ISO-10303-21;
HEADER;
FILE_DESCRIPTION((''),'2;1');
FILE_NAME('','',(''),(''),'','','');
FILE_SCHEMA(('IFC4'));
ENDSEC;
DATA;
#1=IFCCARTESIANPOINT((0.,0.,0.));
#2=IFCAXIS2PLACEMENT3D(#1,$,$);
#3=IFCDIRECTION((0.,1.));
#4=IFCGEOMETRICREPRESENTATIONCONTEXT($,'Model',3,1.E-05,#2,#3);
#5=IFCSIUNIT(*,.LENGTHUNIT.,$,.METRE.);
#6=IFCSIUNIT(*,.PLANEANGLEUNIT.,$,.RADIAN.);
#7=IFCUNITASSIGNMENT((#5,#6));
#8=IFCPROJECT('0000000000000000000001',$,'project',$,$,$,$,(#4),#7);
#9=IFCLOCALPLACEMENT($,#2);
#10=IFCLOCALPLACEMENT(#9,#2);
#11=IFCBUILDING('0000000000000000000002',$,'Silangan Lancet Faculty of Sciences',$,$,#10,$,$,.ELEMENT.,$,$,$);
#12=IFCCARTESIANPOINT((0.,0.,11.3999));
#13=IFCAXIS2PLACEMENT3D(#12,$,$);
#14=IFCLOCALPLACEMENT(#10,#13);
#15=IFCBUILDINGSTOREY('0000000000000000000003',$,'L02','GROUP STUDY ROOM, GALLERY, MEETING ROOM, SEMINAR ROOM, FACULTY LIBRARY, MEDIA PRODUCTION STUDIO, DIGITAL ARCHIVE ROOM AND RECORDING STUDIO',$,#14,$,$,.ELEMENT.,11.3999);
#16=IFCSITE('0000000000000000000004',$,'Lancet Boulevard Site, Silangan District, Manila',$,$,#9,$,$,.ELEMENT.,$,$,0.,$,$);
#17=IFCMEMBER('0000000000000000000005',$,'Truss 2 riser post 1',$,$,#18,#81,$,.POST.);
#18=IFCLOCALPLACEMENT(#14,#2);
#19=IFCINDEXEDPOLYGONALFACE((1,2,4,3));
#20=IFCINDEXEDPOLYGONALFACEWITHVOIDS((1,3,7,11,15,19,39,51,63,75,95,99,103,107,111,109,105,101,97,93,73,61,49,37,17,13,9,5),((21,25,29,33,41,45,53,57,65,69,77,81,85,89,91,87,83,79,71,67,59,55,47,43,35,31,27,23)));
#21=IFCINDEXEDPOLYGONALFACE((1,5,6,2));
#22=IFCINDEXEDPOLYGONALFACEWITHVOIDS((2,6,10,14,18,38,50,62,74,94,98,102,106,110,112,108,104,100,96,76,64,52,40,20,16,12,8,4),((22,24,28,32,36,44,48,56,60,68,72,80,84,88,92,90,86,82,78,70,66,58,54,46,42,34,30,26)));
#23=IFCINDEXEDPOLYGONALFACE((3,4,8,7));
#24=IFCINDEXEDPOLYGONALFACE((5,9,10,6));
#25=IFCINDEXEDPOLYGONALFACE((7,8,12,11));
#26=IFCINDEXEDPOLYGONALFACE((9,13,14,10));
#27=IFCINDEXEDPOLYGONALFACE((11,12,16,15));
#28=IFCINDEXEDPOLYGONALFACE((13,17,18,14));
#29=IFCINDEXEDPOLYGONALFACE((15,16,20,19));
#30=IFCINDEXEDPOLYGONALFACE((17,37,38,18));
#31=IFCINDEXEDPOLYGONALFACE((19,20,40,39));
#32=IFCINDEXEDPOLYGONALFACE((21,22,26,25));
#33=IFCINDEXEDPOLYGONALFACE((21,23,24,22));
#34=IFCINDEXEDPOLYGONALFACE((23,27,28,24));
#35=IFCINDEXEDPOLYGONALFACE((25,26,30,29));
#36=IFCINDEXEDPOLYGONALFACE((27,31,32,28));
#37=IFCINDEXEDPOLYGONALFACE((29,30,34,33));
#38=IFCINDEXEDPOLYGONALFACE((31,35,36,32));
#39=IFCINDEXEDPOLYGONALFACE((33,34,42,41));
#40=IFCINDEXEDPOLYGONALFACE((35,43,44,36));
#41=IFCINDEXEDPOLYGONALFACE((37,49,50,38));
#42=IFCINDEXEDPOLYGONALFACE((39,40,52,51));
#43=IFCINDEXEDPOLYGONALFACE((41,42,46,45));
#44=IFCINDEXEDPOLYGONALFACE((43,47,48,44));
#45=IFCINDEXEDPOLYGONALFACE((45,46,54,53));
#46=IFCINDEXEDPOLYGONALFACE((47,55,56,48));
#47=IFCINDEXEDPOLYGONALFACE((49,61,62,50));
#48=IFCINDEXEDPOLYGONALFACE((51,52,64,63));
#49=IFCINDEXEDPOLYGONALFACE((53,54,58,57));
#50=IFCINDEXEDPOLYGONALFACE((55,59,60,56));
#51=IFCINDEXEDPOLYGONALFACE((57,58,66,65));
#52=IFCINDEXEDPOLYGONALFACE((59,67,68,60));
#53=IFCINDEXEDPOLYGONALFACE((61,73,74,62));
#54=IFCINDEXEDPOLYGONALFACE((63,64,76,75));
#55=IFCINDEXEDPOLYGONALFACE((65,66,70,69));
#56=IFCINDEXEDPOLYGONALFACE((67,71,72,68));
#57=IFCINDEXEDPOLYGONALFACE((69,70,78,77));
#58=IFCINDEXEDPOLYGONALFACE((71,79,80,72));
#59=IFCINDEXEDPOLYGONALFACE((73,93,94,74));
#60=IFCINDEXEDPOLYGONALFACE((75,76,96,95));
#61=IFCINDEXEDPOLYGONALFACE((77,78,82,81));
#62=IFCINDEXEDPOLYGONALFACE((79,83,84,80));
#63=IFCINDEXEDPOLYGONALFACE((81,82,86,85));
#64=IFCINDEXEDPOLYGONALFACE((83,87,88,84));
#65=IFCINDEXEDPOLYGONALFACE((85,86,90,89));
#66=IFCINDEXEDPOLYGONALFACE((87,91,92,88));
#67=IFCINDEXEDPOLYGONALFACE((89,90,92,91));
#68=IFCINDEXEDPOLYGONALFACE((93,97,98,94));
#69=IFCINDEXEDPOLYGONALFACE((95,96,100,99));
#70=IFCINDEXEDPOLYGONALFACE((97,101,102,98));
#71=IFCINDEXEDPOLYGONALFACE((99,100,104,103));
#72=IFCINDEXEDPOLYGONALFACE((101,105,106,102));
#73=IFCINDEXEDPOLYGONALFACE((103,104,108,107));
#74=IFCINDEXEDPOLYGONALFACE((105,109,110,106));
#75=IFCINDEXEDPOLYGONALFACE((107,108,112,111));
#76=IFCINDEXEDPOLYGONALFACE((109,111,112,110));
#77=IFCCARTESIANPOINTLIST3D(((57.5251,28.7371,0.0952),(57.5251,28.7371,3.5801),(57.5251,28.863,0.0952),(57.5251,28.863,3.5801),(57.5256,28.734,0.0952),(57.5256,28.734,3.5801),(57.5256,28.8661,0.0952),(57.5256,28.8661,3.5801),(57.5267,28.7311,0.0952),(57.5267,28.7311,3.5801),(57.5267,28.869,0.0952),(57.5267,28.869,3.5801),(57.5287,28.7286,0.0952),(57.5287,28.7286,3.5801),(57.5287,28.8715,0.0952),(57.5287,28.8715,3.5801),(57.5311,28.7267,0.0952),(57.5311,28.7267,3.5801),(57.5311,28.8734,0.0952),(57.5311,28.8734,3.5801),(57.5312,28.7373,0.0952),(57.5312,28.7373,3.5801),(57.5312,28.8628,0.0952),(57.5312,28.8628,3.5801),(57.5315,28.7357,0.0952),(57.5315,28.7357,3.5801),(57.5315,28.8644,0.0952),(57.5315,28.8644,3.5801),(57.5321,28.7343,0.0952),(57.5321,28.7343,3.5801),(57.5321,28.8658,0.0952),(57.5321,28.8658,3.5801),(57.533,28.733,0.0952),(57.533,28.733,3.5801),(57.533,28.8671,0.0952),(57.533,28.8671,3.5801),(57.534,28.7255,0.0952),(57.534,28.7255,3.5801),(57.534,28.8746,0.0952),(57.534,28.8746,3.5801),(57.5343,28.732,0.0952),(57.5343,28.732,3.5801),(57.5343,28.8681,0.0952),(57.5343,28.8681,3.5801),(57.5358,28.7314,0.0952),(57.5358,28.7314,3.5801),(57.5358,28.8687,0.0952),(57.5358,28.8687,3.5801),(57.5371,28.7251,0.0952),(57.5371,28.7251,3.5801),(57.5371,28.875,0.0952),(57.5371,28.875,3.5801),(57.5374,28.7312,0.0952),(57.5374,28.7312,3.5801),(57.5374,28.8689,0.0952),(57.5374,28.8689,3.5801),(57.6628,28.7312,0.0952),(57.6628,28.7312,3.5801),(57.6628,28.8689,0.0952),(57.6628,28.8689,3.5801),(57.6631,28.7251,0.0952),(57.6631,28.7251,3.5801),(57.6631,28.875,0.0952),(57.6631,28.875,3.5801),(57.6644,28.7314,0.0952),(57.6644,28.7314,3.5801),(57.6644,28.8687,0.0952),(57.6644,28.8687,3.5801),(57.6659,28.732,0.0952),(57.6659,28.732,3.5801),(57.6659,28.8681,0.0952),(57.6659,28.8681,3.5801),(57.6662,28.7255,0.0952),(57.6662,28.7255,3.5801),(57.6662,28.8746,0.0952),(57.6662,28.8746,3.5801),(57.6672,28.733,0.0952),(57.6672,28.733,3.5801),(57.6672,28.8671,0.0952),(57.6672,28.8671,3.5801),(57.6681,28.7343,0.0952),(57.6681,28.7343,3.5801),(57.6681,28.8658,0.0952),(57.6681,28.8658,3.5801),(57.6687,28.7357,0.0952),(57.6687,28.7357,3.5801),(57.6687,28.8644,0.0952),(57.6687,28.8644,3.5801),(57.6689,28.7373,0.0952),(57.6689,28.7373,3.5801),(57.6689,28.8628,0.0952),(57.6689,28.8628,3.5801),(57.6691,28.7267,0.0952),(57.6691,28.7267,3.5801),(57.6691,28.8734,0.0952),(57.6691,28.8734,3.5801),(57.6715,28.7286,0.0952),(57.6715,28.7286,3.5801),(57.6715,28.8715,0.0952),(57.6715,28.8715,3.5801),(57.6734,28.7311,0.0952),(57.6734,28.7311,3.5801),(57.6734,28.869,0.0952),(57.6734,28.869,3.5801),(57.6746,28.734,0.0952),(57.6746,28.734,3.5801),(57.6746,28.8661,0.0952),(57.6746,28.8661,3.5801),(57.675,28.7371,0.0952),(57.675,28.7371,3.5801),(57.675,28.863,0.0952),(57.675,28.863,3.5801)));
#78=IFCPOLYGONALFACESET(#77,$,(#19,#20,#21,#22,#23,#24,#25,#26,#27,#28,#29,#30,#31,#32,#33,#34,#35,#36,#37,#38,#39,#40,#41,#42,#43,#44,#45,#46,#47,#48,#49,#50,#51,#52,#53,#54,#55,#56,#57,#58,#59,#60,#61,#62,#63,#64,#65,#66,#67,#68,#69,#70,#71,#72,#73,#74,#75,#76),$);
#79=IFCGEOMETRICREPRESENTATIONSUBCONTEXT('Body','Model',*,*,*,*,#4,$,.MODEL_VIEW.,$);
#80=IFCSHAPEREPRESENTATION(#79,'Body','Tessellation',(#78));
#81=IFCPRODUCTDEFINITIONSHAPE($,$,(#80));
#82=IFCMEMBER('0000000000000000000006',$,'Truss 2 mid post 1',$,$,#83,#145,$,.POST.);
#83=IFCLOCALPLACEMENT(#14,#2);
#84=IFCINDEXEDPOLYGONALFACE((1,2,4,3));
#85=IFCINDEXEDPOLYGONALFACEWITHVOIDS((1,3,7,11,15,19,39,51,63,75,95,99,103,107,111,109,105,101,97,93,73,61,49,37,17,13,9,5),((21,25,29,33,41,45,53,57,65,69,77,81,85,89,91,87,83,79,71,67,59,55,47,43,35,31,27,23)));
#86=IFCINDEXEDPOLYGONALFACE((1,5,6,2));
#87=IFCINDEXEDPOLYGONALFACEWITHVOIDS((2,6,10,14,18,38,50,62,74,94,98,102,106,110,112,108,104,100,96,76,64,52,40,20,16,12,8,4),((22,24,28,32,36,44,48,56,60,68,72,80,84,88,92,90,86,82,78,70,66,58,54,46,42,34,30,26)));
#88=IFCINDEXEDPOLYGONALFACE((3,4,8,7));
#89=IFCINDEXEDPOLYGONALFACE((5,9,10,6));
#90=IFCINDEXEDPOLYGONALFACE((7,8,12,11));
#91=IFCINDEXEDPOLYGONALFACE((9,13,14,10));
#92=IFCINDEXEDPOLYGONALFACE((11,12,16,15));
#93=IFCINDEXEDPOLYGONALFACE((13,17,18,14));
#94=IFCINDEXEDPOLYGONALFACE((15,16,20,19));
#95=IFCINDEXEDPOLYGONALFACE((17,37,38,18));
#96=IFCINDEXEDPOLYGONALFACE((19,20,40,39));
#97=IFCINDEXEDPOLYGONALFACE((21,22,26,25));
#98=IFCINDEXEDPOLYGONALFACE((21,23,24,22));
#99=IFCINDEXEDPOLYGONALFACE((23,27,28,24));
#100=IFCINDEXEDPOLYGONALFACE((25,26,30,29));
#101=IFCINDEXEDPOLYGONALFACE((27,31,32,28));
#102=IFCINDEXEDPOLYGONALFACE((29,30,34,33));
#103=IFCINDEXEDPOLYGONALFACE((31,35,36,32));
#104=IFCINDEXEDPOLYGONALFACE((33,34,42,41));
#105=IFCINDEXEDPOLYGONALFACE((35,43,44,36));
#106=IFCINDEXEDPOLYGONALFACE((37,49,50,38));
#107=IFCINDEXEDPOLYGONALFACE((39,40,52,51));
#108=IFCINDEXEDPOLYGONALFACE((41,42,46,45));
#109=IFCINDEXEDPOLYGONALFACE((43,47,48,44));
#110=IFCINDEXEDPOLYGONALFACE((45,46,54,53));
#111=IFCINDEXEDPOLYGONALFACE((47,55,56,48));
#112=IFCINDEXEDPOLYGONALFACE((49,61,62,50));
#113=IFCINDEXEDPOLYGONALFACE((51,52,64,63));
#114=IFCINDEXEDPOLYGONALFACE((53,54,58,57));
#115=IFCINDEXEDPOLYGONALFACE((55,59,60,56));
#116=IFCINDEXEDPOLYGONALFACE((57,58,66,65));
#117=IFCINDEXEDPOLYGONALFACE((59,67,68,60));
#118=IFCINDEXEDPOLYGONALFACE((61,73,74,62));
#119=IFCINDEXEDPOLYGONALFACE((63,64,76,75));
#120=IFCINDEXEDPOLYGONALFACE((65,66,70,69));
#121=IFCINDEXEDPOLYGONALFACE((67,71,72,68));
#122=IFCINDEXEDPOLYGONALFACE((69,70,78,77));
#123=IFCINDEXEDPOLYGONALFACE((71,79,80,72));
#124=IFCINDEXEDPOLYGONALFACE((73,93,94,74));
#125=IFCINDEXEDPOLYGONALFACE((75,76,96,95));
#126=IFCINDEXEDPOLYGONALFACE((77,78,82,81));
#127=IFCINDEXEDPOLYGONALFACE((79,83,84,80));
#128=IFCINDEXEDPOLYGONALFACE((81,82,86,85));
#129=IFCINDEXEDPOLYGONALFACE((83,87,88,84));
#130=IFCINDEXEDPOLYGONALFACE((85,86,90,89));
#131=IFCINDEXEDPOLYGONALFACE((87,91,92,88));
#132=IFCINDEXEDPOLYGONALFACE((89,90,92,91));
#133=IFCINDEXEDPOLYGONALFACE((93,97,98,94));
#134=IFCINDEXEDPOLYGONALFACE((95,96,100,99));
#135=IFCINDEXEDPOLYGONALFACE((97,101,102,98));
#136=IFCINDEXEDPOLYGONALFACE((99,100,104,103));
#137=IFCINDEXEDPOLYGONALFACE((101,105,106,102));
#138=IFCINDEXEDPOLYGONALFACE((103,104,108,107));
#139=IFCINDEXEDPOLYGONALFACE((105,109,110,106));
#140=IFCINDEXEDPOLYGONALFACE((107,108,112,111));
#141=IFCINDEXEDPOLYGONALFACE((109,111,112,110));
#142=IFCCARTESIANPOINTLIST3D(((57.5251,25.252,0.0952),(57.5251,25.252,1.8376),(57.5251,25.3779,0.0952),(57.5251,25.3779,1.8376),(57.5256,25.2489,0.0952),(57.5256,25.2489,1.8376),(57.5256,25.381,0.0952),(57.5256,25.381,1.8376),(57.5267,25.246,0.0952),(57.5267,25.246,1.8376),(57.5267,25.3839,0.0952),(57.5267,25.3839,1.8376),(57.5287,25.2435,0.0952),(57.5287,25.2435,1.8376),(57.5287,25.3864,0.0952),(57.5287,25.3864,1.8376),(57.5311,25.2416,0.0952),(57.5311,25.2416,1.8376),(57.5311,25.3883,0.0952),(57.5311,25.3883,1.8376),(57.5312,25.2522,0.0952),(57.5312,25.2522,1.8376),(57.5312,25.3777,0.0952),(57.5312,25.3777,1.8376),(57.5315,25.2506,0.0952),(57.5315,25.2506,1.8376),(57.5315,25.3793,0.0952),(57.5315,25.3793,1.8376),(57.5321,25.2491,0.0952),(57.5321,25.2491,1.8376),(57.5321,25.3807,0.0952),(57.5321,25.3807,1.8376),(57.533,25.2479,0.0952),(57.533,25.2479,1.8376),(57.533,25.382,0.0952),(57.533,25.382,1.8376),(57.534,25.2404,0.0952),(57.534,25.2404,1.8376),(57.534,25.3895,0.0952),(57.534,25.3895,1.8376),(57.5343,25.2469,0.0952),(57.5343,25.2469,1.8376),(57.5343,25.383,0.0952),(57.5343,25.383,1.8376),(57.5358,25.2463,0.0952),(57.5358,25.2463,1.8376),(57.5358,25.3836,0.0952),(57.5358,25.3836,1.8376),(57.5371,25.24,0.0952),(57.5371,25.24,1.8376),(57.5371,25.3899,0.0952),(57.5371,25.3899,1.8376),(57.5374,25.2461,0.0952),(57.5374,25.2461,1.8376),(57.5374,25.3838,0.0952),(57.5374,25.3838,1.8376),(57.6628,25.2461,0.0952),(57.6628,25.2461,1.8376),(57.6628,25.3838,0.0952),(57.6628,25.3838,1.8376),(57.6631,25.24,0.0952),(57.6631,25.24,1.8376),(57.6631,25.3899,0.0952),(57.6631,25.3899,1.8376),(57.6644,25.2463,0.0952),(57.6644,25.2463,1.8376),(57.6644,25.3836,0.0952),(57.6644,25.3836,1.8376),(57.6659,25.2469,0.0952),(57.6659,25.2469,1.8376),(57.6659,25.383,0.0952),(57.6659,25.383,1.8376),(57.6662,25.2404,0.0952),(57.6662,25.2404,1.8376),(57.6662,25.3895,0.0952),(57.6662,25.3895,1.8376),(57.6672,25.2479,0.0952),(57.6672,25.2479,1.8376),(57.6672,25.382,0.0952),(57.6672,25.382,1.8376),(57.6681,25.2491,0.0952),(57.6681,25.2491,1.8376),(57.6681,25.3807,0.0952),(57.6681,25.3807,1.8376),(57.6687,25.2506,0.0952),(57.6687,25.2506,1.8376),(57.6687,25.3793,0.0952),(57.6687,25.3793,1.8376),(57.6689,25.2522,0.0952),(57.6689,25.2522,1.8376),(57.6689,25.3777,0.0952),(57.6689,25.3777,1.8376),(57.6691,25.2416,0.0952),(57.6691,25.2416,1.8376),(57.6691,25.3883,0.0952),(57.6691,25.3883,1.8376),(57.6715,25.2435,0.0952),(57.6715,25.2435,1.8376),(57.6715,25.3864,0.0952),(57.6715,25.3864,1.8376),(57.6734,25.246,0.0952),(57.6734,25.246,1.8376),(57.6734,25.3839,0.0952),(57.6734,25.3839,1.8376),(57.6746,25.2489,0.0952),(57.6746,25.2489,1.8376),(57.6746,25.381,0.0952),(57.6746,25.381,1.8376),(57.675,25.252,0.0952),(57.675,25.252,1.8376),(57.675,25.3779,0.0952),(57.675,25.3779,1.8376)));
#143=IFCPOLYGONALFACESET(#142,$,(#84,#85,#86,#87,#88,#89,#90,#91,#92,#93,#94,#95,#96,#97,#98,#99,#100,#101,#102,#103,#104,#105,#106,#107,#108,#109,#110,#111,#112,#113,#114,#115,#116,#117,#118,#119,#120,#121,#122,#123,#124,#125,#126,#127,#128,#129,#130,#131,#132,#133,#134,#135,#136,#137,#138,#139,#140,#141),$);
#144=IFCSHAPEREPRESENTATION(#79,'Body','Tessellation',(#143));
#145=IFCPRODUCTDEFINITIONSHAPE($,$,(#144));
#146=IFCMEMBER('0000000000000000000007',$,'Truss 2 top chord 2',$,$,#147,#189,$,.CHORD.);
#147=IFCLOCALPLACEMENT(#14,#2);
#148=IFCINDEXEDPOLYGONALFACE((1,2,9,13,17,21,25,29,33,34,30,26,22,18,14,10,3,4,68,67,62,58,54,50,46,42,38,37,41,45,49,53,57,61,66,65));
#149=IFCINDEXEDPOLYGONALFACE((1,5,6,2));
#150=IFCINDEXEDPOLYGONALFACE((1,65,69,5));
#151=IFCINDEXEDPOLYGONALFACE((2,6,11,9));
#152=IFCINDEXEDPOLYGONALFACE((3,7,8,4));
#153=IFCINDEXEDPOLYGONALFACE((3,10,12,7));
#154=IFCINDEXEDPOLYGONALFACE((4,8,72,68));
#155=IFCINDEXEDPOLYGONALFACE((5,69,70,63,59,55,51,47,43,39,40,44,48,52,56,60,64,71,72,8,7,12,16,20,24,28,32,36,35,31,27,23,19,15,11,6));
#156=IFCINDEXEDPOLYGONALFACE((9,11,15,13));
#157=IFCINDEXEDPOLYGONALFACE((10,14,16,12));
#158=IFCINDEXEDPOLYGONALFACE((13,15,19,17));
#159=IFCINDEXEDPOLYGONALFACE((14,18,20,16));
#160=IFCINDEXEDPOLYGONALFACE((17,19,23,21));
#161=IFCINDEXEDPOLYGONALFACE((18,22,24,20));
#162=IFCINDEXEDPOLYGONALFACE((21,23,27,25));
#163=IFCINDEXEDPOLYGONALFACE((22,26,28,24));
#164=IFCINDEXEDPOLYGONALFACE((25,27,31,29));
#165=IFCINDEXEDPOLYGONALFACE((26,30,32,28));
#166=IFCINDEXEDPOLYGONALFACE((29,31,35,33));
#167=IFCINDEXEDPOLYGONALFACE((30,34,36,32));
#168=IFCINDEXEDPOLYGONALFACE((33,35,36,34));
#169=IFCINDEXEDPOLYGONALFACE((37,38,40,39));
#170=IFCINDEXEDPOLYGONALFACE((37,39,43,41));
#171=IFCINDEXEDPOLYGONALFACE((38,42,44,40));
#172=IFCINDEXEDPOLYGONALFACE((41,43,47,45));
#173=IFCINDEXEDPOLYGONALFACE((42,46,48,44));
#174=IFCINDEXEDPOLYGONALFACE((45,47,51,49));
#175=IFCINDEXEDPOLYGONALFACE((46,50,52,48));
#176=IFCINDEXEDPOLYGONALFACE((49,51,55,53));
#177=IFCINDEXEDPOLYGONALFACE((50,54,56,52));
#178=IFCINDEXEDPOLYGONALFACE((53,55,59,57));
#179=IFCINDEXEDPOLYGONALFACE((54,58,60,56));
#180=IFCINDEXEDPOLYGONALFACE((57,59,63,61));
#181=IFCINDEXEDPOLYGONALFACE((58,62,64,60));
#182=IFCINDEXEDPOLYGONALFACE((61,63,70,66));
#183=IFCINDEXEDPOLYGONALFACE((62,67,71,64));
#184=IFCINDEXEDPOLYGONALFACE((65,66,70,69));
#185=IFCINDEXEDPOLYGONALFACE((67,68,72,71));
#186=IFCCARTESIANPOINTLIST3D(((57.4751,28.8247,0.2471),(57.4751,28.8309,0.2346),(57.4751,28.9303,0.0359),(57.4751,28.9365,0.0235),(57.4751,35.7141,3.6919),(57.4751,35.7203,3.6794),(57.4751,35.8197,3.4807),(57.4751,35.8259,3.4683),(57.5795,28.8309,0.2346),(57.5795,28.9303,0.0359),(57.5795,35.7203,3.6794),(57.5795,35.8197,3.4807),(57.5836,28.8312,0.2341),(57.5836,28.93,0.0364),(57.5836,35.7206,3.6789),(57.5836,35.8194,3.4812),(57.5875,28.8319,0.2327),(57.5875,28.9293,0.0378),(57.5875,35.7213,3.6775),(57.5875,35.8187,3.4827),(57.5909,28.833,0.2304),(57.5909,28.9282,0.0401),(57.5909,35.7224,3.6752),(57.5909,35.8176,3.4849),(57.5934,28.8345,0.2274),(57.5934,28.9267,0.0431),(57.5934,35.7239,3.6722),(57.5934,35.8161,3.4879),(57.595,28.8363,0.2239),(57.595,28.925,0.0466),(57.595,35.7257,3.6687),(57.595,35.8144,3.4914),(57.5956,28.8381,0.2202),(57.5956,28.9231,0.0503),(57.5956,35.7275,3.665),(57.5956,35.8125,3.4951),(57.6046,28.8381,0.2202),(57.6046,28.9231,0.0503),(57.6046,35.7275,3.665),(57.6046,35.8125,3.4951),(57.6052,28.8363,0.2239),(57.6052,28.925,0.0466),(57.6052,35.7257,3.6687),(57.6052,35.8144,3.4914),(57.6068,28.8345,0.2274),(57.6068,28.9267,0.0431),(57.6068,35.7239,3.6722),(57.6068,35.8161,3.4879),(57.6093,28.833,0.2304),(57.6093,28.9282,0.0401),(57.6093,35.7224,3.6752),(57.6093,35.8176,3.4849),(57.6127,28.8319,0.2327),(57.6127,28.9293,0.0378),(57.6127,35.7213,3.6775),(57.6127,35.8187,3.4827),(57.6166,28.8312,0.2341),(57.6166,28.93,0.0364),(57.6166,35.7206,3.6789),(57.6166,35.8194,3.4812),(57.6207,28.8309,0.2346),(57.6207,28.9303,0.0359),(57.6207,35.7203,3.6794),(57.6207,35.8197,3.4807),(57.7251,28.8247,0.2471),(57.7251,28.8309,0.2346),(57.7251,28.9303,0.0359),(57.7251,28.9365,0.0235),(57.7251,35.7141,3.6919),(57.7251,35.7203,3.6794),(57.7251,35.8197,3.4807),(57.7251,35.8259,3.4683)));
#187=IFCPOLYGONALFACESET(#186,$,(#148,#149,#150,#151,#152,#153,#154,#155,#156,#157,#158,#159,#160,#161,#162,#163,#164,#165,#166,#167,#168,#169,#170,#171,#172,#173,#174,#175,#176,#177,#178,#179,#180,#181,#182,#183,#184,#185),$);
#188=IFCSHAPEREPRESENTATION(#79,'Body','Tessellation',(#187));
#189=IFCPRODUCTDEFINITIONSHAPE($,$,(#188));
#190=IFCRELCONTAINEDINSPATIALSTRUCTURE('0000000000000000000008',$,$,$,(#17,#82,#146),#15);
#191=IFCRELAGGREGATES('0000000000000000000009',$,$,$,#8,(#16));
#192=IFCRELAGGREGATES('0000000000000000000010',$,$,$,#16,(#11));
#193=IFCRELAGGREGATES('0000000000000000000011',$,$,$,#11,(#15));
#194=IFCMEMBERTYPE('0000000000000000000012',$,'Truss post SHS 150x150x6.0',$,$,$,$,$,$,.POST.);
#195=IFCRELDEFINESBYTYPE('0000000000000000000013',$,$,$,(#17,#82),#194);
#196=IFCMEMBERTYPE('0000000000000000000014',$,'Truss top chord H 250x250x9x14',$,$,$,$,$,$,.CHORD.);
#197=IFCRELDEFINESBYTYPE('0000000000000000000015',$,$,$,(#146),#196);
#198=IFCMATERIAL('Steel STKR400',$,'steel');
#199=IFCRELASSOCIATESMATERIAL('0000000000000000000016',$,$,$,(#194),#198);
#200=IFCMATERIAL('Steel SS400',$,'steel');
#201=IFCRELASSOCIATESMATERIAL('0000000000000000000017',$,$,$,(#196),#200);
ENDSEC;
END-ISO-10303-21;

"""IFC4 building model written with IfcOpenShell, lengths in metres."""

from ifc_helpers import new_model, si_unit, direction, frame, origin, origin_2d, place, context, subcontext, project, spatial, hollow_rectangle, i_section, extrude, material, material_profile, profile_set, type_object, element, save


model = new_model("IFC4")

# Units and contexts
model_context = context("Model", 3, precision=1e-05, world=origin(), true_north=direction((0.0, 1.0)))
body_context = subcontext(model_context, "Body", "Model", "MODEL_VIEW")
ifc_project = project(units=[si_unit("LENGTHUNIT", "METRE"), si_unit("PLANEANGLEUNIT", "RADIAN")], contexts=[model_context])

# Site, building, storey
site_placement = place(None, origin())
site = spatial("IfcSite", under=ifc_project, at=site_placement, Name="Lancet Boulevard Site, Silangan District, Manila", CompositionType="ELEMENT", RefElevation=0.0)
building_placement = place(site_placement, origin())
building = spatial("IfcBuilding", under=site, at=building_placement, Name="Silangan Lancet Faculty of Sciences", CompositionType="ELEMENT")
storey_placement = place(building_placement, frame((0.0, 0.0, 11.3999)))
storey = spatial("IfcBuildingStorey", under=building, at=storey_placement, Name="L02", Description="GROUP STUDY ROOM, GALLERY, MEETING ROOM, SEMINAR ROOM, FACULTY LIBRARY, MEDIA PRODUCTION STUDIO, DIGITAL ARCHIVE ROOM AND RECORDING STUDIO", CompositionType="ELEMENT", Elevation=11.3999)

# Members
ifc_material_1 = material(Name="Steel STKR400", Category="steel")
ifc_material_profile_1 = material_profile(ifc_material_1, hollow_rectangle(XDim=0.1499, YDim=0.1499, WallThickness=0.0061, InnerFilletRadius=0.0061, OuterFilletRadius=0.012, at=origin_2d()), Name="SHS 150x150x6.0")
ifc_profile_set_1 = profile_set([ifc_material_profile_1], Name="Steel STKR400")
member_type_1 = type_object("IfcMemberType", Name="Truss post SHS 150x150x6.0", PredefinedType="POST", material=ifc_profile_set_1)
member_1_placement = place(storey_placement, frame((57.6001, 28.8, 0.0952), z_axis=(0.0, 0.0, 1.0), x_axis=(1.0, 0.0, 0.0)))
element("IfcMember", 1, at=member_1_placement, inside=storey, type_object=member_type_1, Name="Truss 2 riser post 1", PredefinedType="POST", context=body_context, shape_type="SweptSolid", body=[
    extrude(hollow_rectangle(XDim=0.1499, YDim=0.1499, WallThickness=0.0061, InnerFilletRadius=0.0061, OuterFilletRadius=0.012, at=origin_2d()), origin(), (0.0, 0.0, 1.0), 3.4849),
])
member_2_placement = place(storey_placement, frame((57.6001, 25.3149, 0.0952), z_axis=(0.0, 0.0, 1.0), x_axis=(1.0, 0.0, 0.0)))
element("IfcMember", 2, at=member_2_placement, inside=storey, type_object=member_type_1, Name="Truss 2 mid post 1", PredefinedType="POST", context=body_context, shape_type="SweptSolid", body=[
    extrude(hollow_rectangle(XDim=0.1499, YDim=0.1499, WallThickness=0.0061, InnerFilletRadius=0.0061, OuterFilletRadius=0.012, at=origin_2d()), origin(), (0.0, 0.0, 1.0), 1.7424),
])
ifc_material_2 = material(Name="Steel SS400", Category="steel")
ifc_material_profile_2 = material_profile(ifc_material_2, i_section(OverallWidth=0.25, OverallDepth=0.25, WebThickness=0.009, FlangeThickness=0.0139, FilletRadius=0.0161, at=origin_2d()), Name="H 250x250x9x14")
ifc_profile_set_2 = profile_set([ifc_material_profile_2], Name="Steel SS400")
member_type_2 = type_object("IfcMemberType", Name="Truss top chord H 250x250x9x14", PredefinedType="CHORD", material=ifc_profile_set_2)
member_3_placement = place(storey_placement, frame((57.6001, 28.8806, 0.1353), z_axis=(0.0, 0.894421, 0.447226), x_axis=(-1.0, 0.0, 0.0)))
element("IfcMember", 3, at=member_3_placement, inside=storey, type_object=member_type_2, Name="Truss 2 top chord 2", PredefinedType="CHORD", context=body_context, shape_type="SweptSolid", body=[
    extrude(i_section(OverallWidth=0.25, OverallDepth=0.25, WebThickness=0.009, FlangeThickness=0.0139, FilletRadius=0.0161, at=origin_2d()), origin(), (0.0, 0.0, 1.0), 7.7026),
])

save(model, "model.ifc")
